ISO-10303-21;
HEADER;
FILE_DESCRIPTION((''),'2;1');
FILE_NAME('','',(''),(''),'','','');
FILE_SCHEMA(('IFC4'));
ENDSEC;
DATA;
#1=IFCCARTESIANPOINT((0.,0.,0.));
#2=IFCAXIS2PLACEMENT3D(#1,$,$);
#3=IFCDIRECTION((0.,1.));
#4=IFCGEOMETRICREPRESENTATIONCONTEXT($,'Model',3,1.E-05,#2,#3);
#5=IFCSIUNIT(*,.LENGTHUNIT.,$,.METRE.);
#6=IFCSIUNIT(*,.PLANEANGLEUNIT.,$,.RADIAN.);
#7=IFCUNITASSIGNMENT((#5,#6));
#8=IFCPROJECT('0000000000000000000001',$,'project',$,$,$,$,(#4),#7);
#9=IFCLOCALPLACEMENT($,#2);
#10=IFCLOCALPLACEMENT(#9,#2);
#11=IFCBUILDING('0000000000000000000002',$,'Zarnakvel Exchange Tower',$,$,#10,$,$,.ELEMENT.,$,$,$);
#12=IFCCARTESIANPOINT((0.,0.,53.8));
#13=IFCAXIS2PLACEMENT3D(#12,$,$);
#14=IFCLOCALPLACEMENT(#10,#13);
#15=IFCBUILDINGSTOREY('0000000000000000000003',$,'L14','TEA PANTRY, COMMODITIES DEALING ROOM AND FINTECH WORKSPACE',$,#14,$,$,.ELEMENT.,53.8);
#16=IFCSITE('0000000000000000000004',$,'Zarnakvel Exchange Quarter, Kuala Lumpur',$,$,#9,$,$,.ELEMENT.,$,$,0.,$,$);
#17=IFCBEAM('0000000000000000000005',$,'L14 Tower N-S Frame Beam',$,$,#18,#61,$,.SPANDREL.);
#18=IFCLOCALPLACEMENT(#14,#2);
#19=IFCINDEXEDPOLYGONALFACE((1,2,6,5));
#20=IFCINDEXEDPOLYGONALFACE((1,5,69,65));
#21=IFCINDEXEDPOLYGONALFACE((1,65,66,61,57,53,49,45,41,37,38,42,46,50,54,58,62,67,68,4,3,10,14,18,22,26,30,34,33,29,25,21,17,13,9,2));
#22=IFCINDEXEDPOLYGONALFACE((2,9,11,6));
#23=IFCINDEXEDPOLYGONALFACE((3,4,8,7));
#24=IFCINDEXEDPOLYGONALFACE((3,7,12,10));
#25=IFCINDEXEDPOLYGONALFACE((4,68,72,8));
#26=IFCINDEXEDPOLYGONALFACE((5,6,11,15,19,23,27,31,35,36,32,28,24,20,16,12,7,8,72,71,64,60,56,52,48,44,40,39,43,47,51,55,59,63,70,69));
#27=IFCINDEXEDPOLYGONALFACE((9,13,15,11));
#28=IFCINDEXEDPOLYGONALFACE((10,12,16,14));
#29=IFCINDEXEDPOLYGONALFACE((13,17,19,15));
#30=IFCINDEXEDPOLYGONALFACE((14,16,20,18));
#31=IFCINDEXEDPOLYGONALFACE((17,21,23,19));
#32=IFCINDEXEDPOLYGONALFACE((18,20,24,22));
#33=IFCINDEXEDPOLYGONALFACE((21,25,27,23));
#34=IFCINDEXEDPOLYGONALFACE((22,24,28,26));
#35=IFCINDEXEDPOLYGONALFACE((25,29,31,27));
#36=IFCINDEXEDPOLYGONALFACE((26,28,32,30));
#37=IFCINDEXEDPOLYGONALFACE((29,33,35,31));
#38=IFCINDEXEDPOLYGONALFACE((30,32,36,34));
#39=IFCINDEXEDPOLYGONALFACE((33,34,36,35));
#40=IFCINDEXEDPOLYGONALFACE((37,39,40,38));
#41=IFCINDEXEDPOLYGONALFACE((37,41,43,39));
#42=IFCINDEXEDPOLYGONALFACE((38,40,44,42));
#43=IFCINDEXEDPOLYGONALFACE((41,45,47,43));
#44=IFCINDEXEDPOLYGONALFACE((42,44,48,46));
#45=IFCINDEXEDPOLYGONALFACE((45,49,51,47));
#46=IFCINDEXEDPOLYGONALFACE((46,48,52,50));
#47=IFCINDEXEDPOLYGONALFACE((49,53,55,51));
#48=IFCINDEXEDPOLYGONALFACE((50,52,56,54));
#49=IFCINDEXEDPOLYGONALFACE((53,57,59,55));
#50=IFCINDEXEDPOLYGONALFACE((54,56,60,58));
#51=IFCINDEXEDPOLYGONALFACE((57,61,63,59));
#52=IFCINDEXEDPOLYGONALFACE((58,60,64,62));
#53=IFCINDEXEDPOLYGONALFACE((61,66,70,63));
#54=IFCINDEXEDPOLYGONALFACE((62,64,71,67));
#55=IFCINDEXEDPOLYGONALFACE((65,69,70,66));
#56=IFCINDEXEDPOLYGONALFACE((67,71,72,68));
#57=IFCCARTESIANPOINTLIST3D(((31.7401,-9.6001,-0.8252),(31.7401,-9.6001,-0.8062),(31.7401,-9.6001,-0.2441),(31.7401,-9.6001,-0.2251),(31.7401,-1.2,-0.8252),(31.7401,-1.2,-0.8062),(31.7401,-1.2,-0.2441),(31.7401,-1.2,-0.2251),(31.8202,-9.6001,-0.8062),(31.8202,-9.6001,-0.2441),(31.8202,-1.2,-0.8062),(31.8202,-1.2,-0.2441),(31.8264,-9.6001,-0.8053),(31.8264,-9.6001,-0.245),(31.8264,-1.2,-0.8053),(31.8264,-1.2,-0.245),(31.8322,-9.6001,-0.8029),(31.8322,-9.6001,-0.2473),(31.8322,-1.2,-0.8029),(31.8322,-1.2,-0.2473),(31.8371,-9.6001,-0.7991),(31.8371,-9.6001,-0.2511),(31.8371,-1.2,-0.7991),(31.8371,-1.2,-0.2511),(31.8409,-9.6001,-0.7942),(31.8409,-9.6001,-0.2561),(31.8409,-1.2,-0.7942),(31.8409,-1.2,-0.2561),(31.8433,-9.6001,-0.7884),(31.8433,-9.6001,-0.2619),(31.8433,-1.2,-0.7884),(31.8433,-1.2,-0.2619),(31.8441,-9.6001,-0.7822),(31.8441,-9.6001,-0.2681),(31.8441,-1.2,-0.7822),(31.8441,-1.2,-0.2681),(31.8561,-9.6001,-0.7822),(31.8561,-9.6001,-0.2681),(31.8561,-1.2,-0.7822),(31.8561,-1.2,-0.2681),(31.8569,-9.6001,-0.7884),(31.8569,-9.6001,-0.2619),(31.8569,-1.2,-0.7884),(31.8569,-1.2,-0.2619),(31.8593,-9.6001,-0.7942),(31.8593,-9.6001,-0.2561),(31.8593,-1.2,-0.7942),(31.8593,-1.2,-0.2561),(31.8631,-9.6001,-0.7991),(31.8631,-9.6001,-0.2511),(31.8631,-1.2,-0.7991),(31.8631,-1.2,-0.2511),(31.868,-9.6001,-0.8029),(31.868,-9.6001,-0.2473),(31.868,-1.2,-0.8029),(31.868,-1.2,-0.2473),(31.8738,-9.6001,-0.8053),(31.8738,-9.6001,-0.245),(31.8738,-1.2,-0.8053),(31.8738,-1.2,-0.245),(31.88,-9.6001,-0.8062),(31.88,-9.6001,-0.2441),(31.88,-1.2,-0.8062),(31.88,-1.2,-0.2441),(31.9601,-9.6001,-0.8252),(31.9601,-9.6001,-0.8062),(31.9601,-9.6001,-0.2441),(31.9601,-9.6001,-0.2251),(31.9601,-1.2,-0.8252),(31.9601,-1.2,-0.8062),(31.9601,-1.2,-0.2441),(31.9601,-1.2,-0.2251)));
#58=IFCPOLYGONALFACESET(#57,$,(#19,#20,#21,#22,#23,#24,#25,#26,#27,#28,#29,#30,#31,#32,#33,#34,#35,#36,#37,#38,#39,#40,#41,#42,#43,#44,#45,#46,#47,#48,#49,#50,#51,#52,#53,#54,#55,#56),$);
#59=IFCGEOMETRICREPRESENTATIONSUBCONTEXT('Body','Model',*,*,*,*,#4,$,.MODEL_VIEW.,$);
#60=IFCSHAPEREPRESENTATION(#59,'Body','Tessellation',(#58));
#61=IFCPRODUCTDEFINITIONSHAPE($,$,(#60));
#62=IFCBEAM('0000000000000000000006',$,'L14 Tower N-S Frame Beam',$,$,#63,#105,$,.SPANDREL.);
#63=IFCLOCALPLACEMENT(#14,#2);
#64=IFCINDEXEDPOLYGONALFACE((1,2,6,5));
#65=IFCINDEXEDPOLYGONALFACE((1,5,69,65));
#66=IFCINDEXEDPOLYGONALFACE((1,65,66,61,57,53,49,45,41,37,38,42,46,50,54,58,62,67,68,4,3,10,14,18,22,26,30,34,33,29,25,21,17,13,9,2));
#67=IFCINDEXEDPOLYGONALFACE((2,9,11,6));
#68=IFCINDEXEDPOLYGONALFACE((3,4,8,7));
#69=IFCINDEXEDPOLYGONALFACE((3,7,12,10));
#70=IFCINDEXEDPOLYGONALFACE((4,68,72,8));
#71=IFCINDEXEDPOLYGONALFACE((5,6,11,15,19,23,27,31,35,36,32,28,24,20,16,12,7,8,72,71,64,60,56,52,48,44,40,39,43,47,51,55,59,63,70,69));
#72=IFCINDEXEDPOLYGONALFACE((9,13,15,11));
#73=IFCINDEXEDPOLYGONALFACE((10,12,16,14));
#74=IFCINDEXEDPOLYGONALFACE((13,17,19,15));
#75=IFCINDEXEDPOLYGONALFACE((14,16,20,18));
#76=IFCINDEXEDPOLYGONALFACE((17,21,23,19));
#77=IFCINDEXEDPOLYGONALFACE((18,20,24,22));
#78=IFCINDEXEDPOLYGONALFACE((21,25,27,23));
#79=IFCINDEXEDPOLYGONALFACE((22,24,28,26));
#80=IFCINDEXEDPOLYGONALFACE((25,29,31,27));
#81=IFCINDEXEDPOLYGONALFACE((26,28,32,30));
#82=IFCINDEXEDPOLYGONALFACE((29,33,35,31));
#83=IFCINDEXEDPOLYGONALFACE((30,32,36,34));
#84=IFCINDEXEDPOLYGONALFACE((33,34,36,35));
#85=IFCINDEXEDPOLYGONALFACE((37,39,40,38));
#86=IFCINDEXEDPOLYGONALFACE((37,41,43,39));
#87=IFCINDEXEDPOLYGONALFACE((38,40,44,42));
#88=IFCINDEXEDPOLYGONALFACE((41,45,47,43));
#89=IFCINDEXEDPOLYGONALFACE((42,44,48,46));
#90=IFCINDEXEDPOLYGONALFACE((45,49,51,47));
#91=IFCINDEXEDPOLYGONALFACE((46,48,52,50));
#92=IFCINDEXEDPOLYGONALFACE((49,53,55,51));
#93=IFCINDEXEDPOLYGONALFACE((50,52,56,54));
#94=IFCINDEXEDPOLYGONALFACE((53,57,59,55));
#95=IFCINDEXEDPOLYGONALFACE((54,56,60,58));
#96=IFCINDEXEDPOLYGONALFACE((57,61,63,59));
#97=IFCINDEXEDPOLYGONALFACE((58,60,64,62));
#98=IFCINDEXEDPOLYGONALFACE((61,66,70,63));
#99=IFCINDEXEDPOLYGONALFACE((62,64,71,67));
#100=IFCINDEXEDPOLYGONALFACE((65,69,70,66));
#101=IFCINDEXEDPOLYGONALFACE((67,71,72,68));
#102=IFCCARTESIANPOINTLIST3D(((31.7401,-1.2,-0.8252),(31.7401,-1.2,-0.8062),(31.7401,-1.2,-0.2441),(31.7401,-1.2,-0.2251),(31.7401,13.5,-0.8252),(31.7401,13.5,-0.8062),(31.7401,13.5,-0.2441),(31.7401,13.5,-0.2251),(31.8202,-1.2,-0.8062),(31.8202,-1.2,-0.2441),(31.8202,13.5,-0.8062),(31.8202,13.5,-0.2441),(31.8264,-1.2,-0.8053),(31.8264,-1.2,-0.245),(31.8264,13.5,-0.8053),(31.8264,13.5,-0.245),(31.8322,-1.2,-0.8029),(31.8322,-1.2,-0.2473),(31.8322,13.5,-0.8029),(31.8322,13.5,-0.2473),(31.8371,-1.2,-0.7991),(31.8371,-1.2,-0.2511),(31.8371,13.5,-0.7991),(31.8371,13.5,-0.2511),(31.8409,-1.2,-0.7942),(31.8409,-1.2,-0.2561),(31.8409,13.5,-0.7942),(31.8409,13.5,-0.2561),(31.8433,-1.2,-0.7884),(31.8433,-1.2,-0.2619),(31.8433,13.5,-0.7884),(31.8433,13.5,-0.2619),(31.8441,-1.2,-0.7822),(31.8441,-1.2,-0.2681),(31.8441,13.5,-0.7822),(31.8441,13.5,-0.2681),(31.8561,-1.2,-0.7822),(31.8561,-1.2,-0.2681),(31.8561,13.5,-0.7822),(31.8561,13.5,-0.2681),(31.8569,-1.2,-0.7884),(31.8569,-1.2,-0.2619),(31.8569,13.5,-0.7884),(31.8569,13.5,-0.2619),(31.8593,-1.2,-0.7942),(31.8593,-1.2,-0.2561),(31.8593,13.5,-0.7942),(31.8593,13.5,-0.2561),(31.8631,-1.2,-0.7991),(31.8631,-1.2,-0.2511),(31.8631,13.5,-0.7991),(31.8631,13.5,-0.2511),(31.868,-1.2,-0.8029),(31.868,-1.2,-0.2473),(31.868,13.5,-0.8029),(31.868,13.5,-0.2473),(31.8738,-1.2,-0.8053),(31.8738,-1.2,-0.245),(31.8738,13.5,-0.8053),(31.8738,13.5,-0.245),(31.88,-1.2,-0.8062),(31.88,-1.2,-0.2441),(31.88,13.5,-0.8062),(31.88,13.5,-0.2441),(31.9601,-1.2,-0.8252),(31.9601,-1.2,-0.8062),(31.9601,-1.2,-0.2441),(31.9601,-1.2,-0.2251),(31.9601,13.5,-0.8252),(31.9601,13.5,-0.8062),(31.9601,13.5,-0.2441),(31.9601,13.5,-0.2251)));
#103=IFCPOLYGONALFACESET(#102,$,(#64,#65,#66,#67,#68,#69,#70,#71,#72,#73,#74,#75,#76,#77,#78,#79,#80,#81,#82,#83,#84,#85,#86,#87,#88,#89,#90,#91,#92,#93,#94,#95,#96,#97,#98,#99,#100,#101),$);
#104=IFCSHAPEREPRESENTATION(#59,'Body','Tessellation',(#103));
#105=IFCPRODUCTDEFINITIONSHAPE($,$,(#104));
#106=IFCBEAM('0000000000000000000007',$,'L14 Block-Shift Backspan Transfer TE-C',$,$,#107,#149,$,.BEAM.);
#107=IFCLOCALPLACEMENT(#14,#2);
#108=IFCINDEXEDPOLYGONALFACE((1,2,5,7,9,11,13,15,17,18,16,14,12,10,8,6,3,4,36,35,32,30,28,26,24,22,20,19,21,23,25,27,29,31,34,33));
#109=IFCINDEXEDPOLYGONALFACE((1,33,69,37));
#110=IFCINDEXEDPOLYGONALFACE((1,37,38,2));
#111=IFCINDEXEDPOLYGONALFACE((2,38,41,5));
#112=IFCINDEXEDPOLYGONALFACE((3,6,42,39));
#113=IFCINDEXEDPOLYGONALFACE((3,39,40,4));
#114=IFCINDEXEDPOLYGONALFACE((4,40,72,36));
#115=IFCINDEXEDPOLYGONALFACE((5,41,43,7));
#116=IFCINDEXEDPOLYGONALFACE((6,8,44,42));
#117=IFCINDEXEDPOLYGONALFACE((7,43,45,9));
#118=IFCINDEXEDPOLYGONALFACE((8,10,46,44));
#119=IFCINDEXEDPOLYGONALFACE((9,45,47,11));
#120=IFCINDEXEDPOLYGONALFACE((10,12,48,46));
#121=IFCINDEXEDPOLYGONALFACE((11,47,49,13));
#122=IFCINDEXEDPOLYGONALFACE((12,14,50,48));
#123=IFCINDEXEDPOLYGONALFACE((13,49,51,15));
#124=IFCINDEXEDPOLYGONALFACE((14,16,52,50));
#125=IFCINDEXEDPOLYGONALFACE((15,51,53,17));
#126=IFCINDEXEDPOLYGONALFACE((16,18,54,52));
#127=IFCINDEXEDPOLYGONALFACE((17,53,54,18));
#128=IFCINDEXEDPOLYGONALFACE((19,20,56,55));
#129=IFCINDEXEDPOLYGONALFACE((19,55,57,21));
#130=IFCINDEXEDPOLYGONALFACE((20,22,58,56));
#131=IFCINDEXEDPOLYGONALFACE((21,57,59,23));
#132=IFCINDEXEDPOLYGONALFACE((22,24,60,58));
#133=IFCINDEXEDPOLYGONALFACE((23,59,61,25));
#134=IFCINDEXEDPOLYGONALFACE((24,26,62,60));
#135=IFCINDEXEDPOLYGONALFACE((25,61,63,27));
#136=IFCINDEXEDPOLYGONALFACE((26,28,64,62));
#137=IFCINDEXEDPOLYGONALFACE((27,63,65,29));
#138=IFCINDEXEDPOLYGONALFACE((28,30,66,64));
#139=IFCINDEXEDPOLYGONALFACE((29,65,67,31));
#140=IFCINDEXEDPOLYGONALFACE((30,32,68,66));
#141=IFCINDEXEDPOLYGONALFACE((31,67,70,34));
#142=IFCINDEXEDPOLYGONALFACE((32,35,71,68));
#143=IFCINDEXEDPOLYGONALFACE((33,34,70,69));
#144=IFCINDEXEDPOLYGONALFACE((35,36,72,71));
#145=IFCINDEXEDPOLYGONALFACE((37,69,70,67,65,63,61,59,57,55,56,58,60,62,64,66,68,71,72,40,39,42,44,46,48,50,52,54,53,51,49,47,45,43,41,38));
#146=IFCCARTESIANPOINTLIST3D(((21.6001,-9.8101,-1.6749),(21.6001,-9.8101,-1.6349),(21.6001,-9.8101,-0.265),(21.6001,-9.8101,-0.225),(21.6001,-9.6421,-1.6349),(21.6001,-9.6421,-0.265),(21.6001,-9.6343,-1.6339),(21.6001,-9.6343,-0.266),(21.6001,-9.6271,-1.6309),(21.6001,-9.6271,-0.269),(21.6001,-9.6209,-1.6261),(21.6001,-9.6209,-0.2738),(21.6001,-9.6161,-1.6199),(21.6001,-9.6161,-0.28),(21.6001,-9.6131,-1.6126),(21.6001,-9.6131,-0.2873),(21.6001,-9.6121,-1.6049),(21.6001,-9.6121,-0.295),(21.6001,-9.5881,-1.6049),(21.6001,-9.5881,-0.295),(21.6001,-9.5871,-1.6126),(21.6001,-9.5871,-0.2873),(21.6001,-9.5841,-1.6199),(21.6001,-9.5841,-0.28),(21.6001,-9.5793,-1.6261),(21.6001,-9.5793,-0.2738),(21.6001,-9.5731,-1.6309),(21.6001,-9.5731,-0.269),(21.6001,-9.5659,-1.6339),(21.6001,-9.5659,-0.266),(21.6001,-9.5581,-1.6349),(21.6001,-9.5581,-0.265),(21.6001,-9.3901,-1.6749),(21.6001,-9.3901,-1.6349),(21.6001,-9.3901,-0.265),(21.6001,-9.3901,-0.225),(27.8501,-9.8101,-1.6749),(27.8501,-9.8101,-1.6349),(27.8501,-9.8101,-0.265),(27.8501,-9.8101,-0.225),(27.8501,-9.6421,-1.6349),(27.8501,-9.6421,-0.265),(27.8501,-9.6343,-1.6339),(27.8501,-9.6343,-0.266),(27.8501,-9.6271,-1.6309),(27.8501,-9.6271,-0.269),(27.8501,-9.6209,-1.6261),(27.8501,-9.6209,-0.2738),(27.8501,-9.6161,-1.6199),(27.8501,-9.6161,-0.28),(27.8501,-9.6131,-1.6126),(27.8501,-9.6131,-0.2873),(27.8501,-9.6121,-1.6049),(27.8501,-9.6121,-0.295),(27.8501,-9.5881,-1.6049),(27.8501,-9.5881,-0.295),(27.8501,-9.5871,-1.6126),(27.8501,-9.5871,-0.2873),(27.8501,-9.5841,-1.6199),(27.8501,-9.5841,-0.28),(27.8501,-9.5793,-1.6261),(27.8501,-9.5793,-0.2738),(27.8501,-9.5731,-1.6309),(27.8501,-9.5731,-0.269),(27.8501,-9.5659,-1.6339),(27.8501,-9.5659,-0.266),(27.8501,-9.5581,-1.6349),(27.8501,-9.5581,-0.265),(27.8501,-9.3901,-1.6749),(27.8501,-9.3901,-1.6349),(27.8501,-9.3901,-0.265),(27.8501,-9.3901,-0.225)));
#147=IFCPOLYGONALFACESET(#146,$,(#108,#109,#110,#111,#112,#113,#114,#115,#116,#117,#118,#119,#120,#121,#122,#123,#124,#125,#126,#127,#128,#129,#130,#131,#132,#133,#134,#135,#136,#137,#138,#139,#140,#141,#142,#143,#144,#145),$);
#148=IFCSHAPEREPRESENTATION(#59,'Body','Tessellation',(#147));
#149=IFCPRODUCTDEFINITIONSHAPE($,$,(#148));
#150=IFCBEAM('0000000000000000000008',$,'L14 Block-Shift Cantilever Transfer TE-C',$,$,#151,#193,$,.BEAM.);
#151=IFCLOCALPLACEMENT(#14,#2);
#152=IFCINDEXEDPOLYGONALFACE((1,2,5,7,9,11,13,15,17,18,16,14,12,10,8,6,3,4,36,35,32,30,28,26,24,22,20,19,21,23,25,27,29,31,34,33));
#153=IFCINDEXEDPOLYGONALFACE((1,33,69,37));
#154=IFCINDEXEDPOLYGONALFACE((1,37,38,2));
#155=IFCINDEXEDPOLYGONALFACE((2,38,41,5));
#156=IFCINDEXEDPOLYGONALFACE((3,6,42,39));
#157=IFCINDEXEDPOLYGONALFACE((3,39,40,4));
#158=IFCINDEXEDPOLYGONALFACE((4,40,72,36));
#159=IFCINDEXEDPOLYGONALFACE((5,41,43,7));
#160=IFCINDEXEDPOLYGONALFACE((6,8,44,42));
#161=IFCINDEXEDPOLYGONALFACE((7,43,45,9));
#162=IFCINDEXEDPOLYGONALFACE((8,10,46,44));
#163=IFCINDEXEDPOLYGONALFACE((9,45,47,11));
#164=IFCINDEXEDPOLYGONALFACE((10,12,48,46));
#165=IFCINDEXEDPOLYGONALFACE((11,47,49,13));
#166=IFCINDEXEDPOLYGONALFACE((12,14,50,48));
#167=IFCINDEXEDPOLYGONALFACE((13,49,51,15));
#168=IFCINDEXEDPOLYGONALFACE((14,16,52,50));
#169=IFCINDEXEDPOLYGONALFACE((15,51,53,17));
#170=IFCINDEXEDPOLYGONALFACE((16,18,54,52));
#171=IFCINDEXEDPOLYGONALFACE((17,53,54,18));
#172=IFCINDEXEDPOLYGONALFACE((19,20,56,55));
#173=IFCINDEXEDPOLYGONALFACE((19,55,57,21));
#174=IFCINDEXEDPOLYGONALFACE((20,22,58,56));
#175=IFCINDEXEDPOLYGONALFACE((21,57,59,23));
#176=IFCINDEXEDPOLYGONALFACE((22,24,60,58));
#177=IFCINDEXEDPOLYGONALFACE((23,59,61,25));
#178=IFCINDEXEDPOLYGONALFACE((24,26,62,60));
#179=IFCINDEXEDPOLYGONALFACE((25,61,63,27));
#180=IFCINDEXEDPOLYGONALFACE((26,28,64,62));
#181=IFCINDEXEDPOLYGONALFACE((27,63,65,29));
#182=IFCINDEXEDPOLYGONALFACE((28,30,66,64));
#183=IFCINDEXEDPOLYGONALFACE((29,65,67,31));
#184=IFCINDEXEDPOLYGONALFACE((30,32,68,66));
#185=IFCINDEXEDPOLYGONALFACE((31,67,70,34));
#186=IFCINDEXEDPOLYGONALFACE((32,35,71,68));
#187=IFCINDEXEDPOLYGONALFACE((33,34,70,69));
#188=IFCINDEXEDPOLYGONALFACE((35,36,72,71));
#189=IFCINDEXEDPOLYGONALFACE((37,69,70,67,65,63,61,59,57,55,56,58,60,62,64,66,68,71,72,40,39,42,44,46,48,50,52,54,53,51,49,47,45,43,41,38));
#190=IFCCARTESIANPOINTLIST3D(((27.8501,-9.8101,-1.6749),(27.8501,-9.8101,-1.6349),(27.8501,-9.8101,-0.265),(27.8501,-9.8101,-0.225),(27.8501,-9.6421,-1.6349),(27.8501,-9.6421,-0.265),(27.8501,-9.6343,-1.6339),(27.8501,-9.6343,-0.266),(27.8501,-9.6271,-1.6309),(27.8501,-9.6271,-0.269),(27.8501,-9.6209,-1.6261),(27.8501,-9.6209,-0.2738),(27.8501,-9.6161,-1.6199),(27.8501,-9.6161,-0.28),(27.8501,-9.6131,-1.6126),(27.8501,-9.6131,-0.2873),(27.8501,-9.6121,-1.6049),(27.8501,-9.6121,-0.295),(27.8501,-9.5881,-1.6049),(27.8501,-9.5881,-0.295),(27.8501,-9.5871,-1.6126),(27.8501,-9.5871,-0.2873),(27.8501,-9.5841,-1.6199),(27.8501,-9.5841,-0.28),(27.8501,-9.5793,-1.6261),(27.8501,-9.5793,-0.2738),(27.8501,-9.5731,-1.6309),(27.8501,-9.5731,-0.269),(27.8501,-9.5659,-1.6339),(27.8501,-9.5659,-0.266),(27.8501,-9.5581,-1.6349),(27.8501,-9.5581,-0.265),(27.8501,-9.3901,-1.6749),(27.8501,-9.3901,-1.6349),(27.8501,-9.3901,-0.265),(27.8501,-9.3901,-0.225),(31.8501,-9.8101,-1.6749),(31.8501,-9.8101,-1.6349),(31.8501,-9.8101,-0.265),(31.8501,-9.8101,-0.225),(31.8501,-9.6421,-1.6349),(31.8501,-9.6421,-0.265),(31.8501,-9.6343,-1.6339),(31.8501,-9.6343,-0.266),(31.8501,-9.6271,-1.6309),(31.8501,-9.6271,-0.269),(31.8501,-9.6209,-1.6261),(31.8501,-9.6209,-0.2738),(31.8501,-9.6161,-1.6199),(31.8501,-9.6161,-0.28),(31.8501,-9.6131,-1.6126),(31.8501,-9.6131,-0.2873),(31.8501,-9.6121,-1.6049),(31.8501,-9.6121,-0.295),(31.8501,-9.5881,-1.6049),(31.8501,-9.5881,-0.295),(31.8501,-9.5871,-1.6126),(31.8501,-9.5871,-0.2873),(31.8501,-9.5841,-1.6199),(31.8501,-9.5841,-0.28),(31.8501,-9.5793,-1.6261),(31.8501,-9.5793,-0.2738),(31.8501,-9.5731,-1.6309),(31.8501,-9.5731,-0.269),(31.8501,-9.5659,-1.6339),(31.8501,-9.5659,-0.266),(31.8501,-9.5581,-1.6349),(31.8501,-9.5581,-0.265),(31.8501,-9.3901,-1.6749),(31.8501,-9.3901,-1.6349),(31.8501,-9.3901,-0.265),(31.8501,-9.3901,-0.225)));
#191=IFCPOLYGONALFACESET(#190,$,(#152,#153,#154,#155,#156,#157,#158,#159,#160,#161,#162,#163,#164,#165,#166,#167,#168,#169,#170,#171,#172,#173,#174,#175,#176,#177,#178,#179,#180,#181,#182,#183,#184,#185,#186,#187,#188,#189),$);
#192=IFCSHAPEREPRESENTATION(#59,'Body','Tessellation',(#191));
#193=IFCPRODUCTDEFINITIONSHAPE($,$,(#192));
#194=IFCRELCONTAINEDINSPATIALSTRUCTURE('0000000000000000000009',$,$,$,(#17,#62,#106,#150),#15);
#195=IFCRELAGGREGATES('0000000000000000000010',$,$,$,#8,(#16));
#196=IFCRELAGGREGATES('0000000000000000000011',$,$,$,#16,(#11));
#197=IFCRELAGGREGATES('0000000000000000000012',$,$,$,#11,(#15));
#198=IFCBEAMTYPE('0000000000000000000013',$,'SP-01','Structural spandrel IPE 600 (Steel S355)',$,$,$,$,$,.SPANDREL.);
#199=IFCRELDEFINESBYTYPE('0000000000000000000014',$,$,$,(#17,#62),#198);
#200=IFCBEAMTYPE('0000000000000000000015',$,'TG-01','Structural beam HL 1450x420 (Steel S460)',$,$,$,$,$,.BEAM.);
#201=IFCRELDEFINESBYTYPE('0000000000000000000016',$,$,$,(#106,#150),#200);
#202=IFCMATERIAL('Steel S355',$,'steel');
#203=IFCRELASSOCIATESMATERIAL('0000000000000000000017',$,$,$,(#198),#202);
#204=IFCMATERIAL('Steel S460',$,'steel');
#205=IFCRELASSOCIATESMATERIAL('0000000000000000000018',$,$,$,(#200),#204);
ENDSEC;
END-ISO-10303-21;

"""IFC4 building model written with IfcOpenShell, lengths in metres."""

from ifc_helpers import new_model, si_unit, direction, frame, origin, origin_2d, place, context, subcontext, project, spatial, i_section, extrude, material, material_profile, profile_set, type_object, element, save


model = new_model("IFC4")

# Units and contexts
model_context = context("Model", 3, precision=1e-05, world=origin(), true_north=direction((0.0, 1.0)))
body_context = subcontext(model_context, "Body", "Model", "MODEL_VIEW")
ifc_project = project(units=[si_unit("LENGTHUNIT", "METRE"), si_unit("PLANEANGLEUNIT", "RADIAN")], contexts=[model_context])

# Site, building, storey
site_placement = place(None, origin())
site = spatial("IfcSite", under=ifc_project, at=site_placement, Name="Zarnakvel Exchange Quarter, Kuala Lumpur", CompositionType="ELEMENT", RefElevation=0.0)
building_placement = place(site_placement, origin())
building = spatial("IfcBuilding", under=site, at=building_placement, Name="Zarnakvel Exchange Tower", CompositionType="ELEMENT")
storey_placement = place(building_placement, frame((0.0, 0.0, 53.8)))
storey = spatial("IfcBuildingStorey", under=building, at=storey_placement, Name="L14", Description="TEA PANTRY, COMMODITIES DEALING ROOM AND FINTECH WORKSPACE", CompositionType="ELEMENT", Elevation=53.8)

# Shared definitions
ifc_material_1 = material(Name="Steel S355", Category="steel")

# Beams
ifc_material_profile_1 = material_profile(ifc_material_1, i_section(OverallWidth=0.22, OverallDepth=0.6001, WebThickness=0.012, FlangeThickness=0.019, FilletRadius=0.0239, at=origin_2d()))
ifc_profile_set_1 = profile_set([ifc_material_profile_1], Name="Steel S355")
beam_type_1 = type_object("IfcBeamType", Name="SP-01", Description="Structural spandrel IPE 600 (Steel S355)", PredefinedType="SPANDREL", material=ifc_profile_set_1)
beam_1_placement = place(storey_placement, frame((31.8501, -9.6001, -0.5251), z_axis=(0.0, 1.0, 0.0), x_axis=(-1.0, 0.0, 0.0)))
element("IfcBeam", 1, at=beam_1_placement, inside=storey, type_object=beam_type_1, Name="L14 Tower N-S Frame Beam", PredefinedType="SPANDREL", context=body_context, shape_type="SweptSolid", body=[
    extrude(i_section(OverallWidth=0.22, OverallDepth=0.6001, WebThickness=0.012, FlangeThickness=0.019, FilletRadius=0.0239, at=origin_2d()), origin(), (0.0, 0.0, 1.0), 8.4001),
])
beam_2_placement = place(storey_placement, frame((31.8501, -1.2, -0.5251), z_axis=(0.0, 1.0, 0.0), x_axis=(-1.0, 0.0, 0.0)))
element("IfcBeam", 2, at=beam_2_placement, inside=storey, type_object=beam_type_1, Name="L14 Tower N-S Frame Beam", PredefinedType="SPANDREL", context=body_context, shape_type="SweptSolid", body=[
    extrude(i_section(OverallWidth=0.22, OverallDepth=0.6001, WebThickness=0.012, FlangeThickness=0.019, FilletRadius=0.0239, at=origin_2d()), origin(), (0.0, 0.0, 1.0), 14.7),
])
ifc_material_2 = material(Name="Steel S460", Category="steel")
ifc_material_profile_2 = material_profile(ifc_material_2, i_section(OverallWidth=0.4199, OverallDepth=1.45, WebThickness=0.0239, FlangeThickness=0.04, FilletRadius=0.03, at=origin_2d()))
ifc_profile_set_2 = profile_set([ifc_material_profile_2], Name="Steel S460")
beam_type_2 = type_object("IfcBeamType", Name="TG-01", Description="Structural beam HL 1450x420 (Steel S460)", PredefinedType="BEAM", material=ifc_profile_set_2)
beam_3_placement = place(storey_placement, frame((21.6001, -9.6001, -0.95), z_axis=(1.0, 0.0, 0.0), x_axis=(0.0, 1.0, 0.0)))
element("IfcBeam", 3, at=beam_3_placement, inside=storey, type_object=beam_type_2, Name="L14 Block-Shift Backspan Transfer TE-C", PredefinedType="BEAM", context=body_context, shape_type="SweptSolid", body=[
    extrude(i_section(OverallWidth=0.4199, OverallDepth=1.45, WebThickness=0.0239, FlangeThickness=0.04, FilletRadius=0.03, at=origin_2d()), origin(), (0.0, 0.0, 1.0), 6.25),
])
beam_4_placement = place(storey_placement, frame((27.8501, -9.6001, -0.95), z_axis=(1.0, 0.0, 0.0), x_axis=(0.0, 1.0, 0.0)))
element("IfcBeam", 4, at=beam_4_placement, inside=storey, type_object=beam_type_2, Name="L14 Block-Shift Cantilever Transfer TE-C", PredefinedType="BEAM", context=body_context, shape_type="SweptSolid", body=[
    extrude(i_section(OverallWidth=0.4199, OverallDepth=1.45, WebThickness=0.0239, FlangeThickness=0.04, FilletRadius=0.03, at=origin_2d()), origin(), (0.0, 0.0, 1.0), 4.0),
])

save(model, "model.ifc")
